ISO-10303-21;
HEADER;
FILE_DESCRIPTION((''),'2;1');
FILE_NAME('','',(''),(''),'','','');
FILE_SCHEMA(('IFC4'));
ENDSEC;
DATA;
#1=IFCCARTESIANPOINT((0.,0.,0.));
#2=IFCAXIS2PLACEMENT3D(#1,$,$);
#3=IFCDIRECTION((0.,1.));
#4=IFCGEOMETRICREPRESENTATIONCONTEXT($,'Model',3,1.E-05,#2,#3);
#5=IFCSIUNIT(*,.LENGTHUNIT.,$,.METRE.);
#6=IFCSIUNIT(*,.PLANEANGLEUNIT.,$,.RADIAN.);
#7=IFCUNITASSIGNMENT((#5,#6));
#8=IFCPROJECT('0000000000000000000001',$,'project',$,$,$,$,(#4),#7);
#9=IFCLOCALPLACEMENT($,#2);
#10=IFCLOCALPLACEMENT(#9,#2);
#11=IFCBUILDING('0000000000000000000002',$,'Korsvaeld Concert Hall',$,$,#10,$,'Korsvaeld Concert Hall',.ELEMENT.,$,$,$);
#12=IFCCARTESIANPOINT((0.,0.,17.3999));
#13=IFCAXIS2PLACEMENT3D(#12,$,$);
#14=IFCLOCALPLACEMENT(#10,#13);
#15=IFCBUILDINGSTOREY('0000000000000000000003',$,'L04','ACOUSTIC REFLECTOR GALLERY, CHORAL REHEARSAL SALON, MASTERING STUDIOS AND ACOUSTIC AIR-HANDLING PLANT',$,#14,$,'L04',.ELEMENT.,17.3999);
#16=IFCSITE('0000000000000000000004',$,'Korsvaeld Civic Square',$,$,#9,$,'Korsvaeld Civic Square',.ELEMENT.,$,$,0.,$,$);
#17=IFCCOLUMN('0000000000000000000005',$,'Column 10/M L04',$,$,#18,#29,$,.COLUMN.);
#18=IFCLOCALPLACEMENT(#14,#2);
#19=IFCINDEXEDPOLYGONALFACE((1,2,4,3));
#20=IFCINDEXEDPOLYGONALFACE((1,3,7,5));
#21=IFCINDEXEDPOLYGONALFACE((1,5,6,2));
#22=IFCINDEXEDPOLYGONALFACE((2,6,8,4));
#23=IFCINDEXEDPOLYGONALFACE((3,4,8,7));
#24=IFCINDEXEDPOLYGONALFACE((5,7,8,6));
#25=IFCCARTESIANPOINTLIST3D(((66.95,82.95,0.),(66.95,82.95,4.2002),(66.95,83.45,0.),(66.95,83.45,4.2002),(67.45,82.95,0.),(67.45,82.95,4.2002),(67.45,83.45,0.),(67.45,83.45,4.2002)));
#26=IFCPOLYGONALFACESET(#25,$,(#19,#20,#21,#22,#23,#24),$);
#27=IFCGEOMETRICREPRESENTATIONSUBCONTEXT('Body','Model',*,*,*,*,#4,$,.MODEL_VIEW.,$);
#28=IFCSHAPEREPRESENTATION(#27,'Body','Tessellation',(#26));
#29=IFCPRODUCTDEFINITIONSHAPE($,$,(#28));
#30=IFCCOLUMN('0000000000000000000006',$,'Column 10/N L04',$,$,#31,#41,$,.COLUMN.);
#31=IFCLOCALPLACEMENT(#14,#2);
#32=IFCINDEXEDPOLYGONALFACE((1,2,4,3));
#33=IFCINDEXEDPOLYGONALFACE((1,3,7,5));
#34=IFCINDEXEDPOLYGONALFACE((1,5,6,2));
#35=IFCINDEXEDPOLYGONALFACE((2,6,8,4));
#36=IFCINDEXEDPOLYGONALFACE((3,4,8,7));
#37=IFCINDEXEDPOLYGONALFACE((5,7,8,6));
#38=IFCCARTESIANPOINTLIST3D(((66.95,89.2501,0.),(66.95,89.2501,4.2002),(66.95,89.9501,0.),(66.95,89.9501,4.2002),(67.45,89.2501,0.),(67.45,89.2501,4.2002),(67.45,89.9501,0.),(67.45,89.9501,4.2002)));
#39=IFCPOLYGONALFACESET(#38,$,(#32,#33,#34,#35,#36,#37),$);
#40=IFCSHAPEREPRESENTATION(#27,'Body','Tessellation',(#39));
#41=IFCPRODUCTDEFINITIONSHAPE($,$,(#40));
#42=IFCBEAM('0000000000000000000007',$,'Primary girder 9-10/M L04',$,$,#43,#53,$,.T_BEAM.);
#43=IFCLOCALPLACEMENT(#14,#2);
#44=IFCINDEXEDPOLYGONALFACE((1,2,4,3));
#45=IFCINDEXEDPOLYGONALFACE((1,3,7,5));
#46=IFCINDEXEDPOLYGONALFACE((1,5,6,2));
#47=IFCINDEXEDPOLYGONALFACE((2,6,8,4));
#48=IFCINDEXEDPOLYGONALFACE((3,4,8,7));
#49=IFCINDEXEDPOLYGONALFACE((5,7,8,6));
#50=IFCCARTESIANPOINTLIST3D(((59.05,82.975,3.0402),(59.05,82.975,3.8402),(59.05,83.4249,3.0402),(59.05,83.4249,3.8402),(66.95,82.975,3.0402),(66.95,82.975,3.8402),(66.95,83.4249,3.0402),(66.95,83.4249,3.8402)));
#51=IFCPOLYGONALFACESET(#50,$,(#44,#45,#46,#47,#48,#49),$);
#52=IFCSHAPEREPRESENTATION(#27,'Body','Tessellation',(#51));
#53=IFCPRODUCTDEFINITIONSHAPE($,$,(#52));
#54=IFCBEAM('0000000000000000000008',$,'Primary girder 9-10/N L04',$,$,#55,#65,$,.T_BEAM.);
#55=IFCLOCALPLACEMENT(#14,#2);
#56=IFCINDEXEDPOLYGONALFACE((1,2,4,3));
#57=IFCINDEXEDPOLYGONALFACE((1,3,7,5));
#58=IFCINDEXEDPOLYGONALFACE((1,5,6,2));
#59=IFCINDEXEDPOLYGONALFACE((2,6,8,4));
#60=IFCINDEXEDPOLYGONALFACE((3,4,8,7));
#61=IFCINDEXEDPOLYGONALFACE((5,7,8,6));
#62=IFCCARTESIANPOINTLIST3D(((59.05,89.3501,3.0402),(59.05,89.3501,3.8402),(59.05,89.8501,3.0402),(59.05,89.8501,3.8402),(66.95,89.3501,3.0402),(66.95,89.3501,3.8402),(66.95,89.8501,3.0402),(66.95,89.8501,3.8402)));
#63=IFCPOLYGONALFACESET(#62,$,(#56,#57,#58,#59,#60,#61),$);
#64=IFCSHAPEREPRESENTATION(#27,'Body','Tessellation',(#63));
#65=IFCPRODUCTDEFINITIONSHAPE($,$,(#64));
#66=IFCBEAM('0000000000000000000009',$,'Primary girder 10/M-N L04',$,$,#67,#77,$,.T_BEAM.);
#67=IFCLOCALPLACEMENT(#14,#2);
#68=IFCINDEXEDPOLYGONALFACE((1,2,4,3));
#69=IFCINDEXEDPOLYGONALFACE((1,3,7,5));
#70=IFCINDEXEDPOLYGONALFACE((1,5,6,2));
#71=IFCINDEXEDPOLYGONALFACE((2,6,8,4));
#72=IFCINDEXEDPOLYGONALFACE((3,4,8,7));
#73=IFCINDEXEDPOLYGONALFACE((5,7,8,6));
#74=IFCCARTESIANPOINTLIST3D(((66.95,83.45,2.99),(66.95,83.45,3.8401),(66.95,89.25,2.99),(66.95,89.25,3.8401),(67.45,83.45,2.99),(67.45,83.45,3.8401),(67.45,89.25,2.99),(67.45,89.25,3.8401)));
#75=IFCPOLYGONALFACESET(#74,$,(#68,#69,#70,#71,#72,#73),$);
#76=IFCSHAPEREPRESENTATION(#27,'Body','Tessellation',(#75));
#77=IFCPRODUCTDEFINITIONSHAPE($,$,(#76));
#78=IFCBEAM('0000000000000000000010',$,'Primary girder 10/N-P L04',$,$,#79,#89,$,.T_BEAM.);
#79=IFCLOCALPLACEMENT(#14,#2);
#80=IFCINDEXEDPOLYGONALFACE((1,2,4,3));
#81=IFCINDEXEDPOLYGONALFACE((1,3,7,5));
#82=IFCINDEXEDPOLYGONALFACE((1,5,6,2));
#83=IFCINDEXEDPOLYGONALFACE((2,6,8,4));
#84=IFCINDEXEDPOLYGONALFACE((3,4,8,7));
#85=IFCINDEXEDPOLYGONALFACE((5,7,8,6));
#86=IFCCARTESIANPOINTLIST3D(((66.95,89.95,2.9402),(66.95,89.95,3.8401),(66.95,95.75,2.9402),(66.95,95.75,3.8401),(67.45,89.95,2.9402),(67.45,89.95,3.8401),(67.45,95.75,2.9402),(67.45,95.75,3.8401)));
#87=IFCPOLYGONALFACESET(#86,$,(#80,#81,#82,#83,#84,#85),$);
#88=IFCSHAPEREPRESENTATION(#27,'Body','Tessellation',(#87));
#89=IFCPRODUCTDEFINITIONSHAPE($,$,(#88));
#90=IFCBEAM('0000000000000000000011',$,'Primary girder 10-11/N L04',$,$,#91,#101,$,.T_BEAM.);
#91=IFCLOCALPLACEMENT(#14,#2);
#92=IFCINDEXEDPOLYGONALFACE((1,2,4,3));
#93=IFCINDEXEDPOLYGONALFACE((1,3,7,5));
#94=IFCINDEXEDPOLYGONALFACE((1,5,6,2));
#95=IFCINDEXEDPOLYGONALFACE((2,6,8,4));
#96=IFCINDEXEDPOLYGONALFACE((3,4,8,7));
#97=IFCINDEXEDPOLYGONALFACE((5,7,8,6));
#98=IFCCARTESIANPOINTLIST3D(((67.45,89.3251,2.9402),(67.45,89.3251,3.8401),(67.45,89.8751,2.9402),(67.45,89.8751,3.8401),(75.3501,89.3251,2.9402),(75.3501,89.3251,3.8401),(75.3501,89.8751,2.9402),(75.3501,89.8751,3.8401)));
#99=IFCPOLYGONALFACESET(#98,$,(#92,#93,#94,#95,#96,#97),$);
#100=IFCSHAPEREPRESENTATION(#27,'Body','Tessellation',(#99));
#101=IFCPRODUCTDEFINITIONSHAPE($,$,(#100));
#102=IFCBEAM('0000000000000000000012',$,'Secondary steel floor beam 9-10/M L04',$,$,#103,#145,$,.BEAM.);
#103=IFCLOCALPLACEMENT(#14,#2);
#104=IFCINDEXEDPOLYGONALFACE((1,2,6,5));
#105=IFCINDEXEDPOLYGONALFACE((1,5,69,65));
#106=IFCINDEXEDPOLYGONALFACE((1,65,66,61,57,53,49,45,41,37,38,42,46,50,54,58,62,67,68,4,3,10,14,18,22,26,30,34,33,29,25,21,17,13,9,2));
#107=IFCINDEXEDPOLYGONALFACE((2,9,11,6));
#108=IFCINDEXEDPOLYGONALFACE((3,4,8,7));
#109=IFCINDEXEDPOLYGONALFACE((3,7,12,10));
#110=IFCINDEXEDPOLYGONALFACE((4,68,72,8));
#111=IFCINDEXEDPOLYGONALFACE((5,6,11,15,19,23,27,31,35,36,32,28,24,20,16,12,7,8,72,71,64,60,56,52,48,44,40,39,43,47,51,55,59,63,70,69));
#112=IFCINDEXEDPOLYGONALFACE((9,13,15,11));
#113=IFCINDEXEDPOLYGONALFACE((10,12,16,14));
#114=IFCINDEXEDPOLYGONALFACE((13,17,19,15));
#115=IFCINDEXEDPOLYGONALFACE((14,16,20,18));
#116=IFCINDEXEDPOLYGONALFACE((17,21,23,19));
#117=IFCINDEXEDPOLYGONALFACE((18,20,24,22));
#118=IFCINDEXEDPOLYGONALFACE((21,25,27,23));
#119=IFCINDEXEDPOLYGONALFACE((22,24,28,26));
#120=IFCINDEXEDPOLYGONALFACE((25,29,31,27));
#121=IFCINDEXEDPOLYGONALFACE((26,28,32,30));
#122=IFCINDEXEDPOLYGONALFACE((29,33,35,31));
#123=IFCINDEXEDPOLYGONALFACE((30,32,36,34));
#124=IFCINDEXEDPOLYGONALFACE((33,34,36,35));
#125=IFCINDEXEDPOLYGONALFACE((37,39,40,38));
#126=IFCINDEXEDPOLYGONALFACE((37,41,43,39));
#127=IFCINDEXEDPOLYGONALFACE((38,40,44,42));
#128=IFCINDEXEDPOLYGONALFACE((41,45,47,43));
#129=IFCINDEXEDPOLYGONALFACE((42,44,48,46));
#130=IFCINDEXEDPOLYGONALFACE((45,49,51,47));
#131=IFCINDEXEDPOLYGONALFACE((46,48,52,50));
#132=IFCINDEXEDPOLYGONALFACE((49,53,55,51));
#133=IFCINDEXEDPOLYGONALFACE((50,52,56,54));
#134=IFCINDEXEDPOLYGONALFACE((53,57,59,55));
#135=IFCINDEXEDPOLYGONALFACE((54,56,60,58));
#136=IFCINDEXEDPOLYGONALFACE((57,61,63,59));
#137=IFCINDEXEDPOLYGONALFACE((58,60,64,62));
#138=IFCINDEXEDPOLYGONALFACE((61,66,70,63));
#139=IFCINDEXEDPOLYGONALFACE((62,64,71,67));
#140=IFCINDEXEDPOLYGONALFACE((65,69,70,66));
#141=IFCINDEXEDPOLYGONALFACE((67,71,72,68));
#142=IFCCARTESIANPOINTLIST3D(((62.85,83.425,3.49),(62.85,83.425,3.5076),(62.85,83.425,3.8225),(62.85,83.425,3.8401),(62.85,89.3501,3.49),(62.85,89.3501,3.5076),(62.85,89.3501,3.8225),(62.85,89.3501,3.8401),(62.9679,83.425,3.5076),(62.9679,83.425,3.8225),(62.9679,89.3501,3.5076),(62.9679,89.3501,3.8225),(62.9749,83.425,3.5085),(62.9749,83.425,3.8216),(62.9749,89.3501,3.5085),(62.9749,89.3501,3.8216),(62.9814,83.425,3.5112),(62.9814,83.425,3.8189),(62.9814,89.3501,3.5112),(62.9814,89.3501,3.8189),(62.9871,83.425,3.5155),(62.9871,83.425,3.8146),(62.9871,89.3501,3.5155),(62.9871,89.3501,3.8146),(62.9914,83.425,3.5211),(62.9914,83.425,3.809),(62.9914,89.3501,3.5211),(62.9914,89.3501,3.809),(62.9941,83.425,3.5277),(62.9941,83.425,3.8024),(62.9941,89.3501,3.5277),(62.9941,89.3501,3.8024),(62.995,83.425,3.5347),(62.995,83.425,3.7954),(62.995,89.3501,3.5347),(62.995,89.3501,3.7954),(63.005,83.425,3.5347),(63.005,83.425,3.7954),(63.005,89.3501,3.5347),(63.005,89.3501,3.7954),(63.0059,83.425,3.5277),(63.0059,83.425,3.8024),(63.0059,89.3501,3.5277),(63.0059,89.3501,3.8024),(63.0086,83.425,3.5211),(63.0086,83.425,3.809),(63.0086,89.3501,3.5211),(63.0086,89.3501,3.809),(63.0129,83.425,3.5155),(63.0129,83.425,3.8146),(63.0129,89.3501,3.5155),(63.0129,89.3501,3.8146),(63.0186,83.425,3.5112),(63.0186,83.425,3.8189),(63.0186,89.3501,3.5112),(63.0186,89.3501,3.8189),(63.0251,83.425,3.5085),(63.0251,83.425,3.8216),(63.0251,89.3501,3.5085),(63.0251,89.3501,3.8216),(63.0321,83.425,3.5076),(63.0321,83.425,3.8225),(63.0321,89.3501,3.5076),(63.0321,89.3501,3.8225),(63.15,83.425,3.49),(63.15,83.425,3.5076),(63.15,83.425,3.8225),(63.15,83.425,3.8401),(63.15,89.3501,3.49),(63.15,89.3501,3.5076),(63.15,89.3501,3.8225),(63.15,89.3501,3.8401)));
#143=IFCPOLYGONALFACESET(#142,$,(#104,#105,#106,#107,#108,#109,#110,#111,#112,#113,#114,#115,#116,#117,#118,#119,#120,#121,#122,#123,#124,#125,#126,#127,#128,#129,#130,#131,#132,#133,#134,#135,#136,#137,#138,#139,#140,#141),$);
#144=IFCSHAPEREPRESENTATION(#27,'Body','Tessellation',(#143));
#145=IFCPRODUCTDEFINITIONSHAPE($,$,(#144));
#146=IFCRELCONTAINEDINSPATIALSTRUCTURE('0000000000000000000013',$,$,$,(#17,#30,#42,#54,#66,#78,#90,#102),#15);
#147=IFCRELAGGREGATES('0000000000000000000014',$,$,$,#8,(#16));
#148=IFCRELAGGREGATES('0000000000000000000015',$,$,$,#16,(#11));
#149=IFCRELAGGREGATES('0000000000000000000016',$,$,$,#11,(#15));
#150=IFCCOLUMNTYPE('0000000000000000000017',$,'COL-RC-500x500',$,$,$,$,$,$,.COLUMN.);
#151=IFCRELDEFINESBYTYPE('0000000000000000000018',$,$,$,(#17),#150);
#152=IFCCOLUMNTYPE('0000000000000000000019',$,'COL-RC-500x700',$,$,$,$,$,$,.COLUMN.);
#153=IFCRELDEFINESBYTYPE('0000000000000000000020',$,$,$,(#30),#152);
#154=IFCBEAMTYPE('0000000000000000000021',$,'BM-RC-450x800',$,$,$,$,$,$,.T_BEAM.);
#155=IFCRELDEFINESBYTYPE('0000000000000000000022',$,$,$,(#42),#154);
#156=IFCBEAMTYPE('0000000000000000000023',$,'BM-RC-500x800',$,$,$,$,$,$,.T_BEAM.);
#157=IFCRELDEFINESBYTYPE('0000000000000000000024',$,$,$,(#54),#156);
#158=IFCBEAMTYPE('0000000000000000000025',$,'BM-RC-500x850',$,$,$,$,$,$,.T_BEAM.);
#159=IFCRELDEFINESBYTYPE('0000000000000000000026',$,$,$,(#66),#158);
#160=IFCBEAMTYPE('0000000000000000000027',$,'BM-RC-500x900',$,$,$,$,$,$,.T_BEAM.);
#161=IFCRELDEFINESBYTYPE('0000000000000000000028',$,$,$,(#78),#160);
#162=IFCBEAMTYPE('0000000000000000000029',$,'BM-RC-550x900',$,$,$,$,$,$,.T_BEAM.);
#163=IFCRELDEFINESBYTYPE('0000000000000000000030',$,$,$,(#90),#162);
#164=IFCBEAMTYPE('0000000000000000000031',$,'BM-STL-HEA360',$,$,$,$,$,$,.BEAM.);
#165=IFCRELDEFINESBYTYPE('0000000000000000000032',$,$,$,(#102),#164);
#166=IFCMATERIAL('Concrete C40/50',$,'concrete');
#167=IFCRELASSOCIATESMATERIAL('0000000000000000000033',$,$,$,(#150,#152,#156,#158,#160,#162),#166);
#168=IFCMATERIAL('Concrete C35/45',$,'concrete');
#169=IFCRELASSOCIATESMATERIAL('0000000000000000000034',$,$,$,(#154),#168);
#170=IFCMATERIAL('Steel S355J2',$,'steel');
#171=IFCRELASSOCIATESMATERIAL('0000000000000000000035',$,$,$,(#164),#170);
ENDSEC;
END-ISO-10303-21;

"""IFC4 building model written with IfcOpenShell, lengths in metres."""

from ifc_helpers import new_model, si_unit, direction, frame, origin, origin_2d, place, context, subcontext, project, spatial, rectangle, i_section, extrude, material, material_profile, profile_set, type_object, element, save


model = new_model("IFC4")

# Units and contexts
model_context = context("Model", 3, precision=1e-05, world=origin(), true_north=direction((0.0, 1.0)))
body_context = subcontext(model_context, "Body", "Model", "MODEL_VIEW")
ifc_project = project(units=[si_unit("LENGTHUNIT", "METRE"), si_unit("PLANEANGLEUNIT", "RADIAN")], contexts=[model_context])

# Site, building, storey
site_placement = place(None, origin())
site = spatial("IfcSite", under=ifc_project, at=site_placement, Name="Korsvaeld Civic Square", LongName="Korsvaeld Civic Square", CompositionType="ELEMENT", RefElevation=0.0)
building_placement = place(site_placement, origin())
building = spatial("IfcBuilding", under=site, at=building_placement, Name="Korsvaeld Concert Hall", LongName="Korsvaeld Concert Hall", CompositionType="ELEMENT")
storey_placement = place(building_placement, frame((0.0, 0.0, 17.3999)))
storey = spatial("IfcBuildingStorey", under=building, at=storey_placement, Name="L04", Description="ACOUSTIC REFLECTOR GALLERY, CHORAL REHEARSAL SALON, MASTERING STUDIOS AND ACOUSTIC AIR-HANDLING PLANT", LongName="L04", CompositionType="ELEMENT", Elevation=17.3999)

# Columns
ifc_material_1 = material(Name="Concrete C40/50", Category="concrete")
ifc_material_profile_1 = material_profile(ifc_material_1, rectangle(XDim=0.5, YDim=0.5, at=origin_2d()), Name="RC 500x500")
ifc_profile_set_1 = profile_set([ifc_material_profile_1], Name="Concrete C40/50")
column_type_1 = type_object("IfcColumnType", Name="COL-RC-500x500", PredefinedType="COLUMN", material=ifc_profile_set_1)
column_1_placement = place(storey_placement, frame((67.2, 83.2, 0.0), z_axis=(0.0, 0.0, 1.0), x_axis=(1.0, 0.0, 0.0)))
element("IfcColumn", 1, at=column_1_placement, inside=storey, type_object=column_type_1, Name="Column 10/M L04", PredefinedType="COLUMN", context=body_context, shape_type="SweptSolid", body=[
    extrude(rectangle(XDim=0.5, YDim=0.5, at=origin_2d()), origin(), (0.0, 0.0, 1.0), 4.2002),
])
ifc_material_profile_2 = material_profile(ifc_material_1, rectangle(XDim=0.5, YDim=0.7, at=origin_2d()), Name="RC 500x700")
ifc_profile_set_2 = profile_set([ifc_material_profile_2], Name="Concrete C40/50")
column_type_2 = type_object("IfcColumnType", Name="COL-RC-500x700", PredefinedType="COLUMN", material=ifc_profile_set_2)
column_2_placement = place(storey_placement, frame((67.2, 89.6001, 0.0), z_axis=(0.0, 0.0, 1.0), x_axis=(1.0, 0.0, 0.0)))
element("IfcColumn", 2, at=column_2_placement, inside=storey, type_object=column_type_2, Name="Column 10/N L04", PredefinedType="COLUMN", context=body_context, shape_type="SweptSolid", body=[
    extrude(rectangle(XDim=0.5, YDim=0.7, at=origin_2d()), origin(), (0.0, 0.0, 1.0), 4.2002),
])

# Beams
ifc_material_2 = material(Name="Concrete C35/45", Category="concrete")
ifc_material_profile_3 = material_profile(ifc_material_2, rectangle(XDim=0.45, YDim=0.8, at=origin_2d()), Name="RC 450x800")
ifc_profile_set_3 = profile_set([ifc_material_profile_3], Name="Concrete C35/45")
beam_type_1 = type_object("IfcBeamType", Name="BM-RC-450x800", PredefinedType="T_BEAM", material=ifc_profile_set_3)
beam_1_placement = place(storey_placement, frame((59.05, 83.2, 3.4402), z_axis=(1.0, 0.0, 0.0), x_axis=(0.0, 1.0, 0.0)))
element("IfcBeam", 3, at=beam_1_placement, inside=storey, type_object=beam_type_1, Name="Primary girder 9-10/M L04", PredefinedType="T_BEAM", context=body_context, shape_type="SweptSolid", body=[
    extrude(rectangle(XDim=0.45, YDim=0.8, at=origin_2d()), origin(), (0.0, 0.0, 1.0), 7.8999),
])
ifc_material_profile_4 = material_profile(ifc_material_1, rectangle(XDim=0.5, YDim=0.8, at=origin_2d()), Name="RC 500x800")
ifc_profile_set_4 = profile_set([ifc_material_profile_4], Name="Concrete C40/50")
beam_type_2 = type_object("IfcBeamType", Name="BM-RC-500x800", PredefinedType="T_BEAM", material=ifc_profile_set_4)
beam_2_placement = place(storey_placement, frame((59.05, 89.6001, 3.4402), z_axis=(1.0, 0.0, 0.0), x_axis=(0.0, 1.0, 0.0)))
element("IfcBeam", 4, at=beam_2_placement, inside=storey, type_object=beam_type_2, Name="Primary girder 9-10/N L04", PredefinedType="T_BEAM", context=body_context, shape_type="SweptSolid", body=[
    extrude(rectangle(XDim=0.5, YDim=0.8, at=origin_2d()), origin(), (0.0, 0.0, 1.0), 7.8999),
])
ifc_material_profile_5 = material_profile(ifc_material_1, rectangle(XDim=0.5, YDim=0.8501, at=origin_2d()), Name="RC 500x850")
ifc_profile_set_5 = profile_set([ifc_material_profile_5], Name="Concrete C40/50")
beam_type_3 = type_object("IfcBeamType", Name="BM-RC-500x850", PredefinedType="T_BEAM", material=ifc_profile_set_5)
beam_3_placement = place(storey_placement, frame((67.2, 83.45, 3.415), z_axis=(0.0, 1.0, 0.0), x_axis=(-1.0, 0.0, 0.0)))
element("IfcBeam", 5, at=beam_3_placement, inside=storey, type_object=beam_type_3, Name="Primary girder 10/M-N L04", PredefinedType="T_BEAM", context=body_context, shape_type="SweptSolid", body=[
    extrude(rectangle(XDim=0.5, YDim=0.8501, at=origin_2d()), origin(), (0.0, 0.0, 1.0), 5.8),
])
ifc_material_profile_6 = material_profile(ifc_material_1, rectangle(XDim=0.5, YDim=0.8999, at=origin_2d()), Name="RC 500x900")
ifc_profile_set_6 = profile_set([ifc_material_profile_6], Name="Concrete C40/50")
beam_type_4 = type_object("IfcBeamType", Name="BM-RC-500x900", PredefinedType="T_BEAM", material=ifc_profile_set_6)
beam_4_placement = place(storey_placement, frame((67.2, 89.95, 3.3901), z_axis=(0.0, 1.0, 0.0), x_axis=(-1.0, 0.0, 0.0)))
element("IfcBeam", 6, at=beam_4_placement, inside=storey, type_object=beam_type_4, Name="Primary girder 10/N-P L04", PredefinedType="T_BEAM", context=body_context, shape_type="SweptSolid", body=[
    extrude(rectangle(XDim=0.5, YDim=0.8999, at=origin_2d()), origin(), (0.0, 0.0, 1.0), 5.8),
])
ifc_material_profile_7 = material_profile(ifc_material_1, rectangle(XDim=0.55, YDim=0.8999, at=origin_2d()), Name="RC 550x900")
ifc_profile_set_7 = profile_set([ifc_material_profile_7], Name="Concrete C40/50")
beam_type_5 = type_object("IfcBeamType", Name="BM-RC-550x900", PredefinedType="T_BEAM", material=ifc_profile_set_7)
beam_5_placement = place(storey_placement, frame((67.45, 89.6001, 3.3901), z_axis=(1.0, 0.0, 0.0), x_axis=(0.0, 1.0, 0.0)))
element("IfcBeam", 7, at=beam_5_placement, inside=storey, type_object=beam_type_5, Name="Primary girder 10-11/N L04", PredefinedType="T_BEAM", context=body_context, shape_type="SweptSolid", body=[
    extrude(rectangle(XDim=0.55, YDim=0.8999, at=origin_2d()), origin(), (0.0, 0.0, 1.0), 7.9001),
])
ifc_material_3 = material(Name="Steel S355J2", Category="steel")
ifc_material_profile_8 = material_profile(ifc_material_3, i_section(OverallWidth=0.3, OverallDepth=0.3501, WebThickness=0.01, FlangeThickness=0.0176, FilletRadius=0.0271, at=origin_2d()), Name="HEA 360")
ifc_profile_set_8 = profile_set([ifc_material_profile_8], Name="Steel S355J2")
beam_type_6 = type_object("IfcBeamType", Name="BM-STL-HEA360", PredefinedType="BEAM", material=ifc_profile_set_8)
beam_6_placement = place(storey_placement, frame((63.0, 83.425, 3.665), z_axis=(0.0, 1.0, 0.0), x_axis=(-1.0, 0.0, 0.0)))
element("IfcBeam", 8, at=beam_6_placement, inside=storey, type_object=beam_type_6, Name="Secondary steel floor beam 9-10/M L04", PredefinedType="BEAM", context=body_context, shape_type="SweptSolid", body=[
    extrude(i_section(OverallWidth=0.3, OverallDepth=0.3501, WebThickness=0.01, FlangeThickness=0.0176, FilletRadius=0.0271, at=origin_2d()), origin(), (0.0, 0.0, 1.0), 5.925),
])

save(model, "model.ifc")
